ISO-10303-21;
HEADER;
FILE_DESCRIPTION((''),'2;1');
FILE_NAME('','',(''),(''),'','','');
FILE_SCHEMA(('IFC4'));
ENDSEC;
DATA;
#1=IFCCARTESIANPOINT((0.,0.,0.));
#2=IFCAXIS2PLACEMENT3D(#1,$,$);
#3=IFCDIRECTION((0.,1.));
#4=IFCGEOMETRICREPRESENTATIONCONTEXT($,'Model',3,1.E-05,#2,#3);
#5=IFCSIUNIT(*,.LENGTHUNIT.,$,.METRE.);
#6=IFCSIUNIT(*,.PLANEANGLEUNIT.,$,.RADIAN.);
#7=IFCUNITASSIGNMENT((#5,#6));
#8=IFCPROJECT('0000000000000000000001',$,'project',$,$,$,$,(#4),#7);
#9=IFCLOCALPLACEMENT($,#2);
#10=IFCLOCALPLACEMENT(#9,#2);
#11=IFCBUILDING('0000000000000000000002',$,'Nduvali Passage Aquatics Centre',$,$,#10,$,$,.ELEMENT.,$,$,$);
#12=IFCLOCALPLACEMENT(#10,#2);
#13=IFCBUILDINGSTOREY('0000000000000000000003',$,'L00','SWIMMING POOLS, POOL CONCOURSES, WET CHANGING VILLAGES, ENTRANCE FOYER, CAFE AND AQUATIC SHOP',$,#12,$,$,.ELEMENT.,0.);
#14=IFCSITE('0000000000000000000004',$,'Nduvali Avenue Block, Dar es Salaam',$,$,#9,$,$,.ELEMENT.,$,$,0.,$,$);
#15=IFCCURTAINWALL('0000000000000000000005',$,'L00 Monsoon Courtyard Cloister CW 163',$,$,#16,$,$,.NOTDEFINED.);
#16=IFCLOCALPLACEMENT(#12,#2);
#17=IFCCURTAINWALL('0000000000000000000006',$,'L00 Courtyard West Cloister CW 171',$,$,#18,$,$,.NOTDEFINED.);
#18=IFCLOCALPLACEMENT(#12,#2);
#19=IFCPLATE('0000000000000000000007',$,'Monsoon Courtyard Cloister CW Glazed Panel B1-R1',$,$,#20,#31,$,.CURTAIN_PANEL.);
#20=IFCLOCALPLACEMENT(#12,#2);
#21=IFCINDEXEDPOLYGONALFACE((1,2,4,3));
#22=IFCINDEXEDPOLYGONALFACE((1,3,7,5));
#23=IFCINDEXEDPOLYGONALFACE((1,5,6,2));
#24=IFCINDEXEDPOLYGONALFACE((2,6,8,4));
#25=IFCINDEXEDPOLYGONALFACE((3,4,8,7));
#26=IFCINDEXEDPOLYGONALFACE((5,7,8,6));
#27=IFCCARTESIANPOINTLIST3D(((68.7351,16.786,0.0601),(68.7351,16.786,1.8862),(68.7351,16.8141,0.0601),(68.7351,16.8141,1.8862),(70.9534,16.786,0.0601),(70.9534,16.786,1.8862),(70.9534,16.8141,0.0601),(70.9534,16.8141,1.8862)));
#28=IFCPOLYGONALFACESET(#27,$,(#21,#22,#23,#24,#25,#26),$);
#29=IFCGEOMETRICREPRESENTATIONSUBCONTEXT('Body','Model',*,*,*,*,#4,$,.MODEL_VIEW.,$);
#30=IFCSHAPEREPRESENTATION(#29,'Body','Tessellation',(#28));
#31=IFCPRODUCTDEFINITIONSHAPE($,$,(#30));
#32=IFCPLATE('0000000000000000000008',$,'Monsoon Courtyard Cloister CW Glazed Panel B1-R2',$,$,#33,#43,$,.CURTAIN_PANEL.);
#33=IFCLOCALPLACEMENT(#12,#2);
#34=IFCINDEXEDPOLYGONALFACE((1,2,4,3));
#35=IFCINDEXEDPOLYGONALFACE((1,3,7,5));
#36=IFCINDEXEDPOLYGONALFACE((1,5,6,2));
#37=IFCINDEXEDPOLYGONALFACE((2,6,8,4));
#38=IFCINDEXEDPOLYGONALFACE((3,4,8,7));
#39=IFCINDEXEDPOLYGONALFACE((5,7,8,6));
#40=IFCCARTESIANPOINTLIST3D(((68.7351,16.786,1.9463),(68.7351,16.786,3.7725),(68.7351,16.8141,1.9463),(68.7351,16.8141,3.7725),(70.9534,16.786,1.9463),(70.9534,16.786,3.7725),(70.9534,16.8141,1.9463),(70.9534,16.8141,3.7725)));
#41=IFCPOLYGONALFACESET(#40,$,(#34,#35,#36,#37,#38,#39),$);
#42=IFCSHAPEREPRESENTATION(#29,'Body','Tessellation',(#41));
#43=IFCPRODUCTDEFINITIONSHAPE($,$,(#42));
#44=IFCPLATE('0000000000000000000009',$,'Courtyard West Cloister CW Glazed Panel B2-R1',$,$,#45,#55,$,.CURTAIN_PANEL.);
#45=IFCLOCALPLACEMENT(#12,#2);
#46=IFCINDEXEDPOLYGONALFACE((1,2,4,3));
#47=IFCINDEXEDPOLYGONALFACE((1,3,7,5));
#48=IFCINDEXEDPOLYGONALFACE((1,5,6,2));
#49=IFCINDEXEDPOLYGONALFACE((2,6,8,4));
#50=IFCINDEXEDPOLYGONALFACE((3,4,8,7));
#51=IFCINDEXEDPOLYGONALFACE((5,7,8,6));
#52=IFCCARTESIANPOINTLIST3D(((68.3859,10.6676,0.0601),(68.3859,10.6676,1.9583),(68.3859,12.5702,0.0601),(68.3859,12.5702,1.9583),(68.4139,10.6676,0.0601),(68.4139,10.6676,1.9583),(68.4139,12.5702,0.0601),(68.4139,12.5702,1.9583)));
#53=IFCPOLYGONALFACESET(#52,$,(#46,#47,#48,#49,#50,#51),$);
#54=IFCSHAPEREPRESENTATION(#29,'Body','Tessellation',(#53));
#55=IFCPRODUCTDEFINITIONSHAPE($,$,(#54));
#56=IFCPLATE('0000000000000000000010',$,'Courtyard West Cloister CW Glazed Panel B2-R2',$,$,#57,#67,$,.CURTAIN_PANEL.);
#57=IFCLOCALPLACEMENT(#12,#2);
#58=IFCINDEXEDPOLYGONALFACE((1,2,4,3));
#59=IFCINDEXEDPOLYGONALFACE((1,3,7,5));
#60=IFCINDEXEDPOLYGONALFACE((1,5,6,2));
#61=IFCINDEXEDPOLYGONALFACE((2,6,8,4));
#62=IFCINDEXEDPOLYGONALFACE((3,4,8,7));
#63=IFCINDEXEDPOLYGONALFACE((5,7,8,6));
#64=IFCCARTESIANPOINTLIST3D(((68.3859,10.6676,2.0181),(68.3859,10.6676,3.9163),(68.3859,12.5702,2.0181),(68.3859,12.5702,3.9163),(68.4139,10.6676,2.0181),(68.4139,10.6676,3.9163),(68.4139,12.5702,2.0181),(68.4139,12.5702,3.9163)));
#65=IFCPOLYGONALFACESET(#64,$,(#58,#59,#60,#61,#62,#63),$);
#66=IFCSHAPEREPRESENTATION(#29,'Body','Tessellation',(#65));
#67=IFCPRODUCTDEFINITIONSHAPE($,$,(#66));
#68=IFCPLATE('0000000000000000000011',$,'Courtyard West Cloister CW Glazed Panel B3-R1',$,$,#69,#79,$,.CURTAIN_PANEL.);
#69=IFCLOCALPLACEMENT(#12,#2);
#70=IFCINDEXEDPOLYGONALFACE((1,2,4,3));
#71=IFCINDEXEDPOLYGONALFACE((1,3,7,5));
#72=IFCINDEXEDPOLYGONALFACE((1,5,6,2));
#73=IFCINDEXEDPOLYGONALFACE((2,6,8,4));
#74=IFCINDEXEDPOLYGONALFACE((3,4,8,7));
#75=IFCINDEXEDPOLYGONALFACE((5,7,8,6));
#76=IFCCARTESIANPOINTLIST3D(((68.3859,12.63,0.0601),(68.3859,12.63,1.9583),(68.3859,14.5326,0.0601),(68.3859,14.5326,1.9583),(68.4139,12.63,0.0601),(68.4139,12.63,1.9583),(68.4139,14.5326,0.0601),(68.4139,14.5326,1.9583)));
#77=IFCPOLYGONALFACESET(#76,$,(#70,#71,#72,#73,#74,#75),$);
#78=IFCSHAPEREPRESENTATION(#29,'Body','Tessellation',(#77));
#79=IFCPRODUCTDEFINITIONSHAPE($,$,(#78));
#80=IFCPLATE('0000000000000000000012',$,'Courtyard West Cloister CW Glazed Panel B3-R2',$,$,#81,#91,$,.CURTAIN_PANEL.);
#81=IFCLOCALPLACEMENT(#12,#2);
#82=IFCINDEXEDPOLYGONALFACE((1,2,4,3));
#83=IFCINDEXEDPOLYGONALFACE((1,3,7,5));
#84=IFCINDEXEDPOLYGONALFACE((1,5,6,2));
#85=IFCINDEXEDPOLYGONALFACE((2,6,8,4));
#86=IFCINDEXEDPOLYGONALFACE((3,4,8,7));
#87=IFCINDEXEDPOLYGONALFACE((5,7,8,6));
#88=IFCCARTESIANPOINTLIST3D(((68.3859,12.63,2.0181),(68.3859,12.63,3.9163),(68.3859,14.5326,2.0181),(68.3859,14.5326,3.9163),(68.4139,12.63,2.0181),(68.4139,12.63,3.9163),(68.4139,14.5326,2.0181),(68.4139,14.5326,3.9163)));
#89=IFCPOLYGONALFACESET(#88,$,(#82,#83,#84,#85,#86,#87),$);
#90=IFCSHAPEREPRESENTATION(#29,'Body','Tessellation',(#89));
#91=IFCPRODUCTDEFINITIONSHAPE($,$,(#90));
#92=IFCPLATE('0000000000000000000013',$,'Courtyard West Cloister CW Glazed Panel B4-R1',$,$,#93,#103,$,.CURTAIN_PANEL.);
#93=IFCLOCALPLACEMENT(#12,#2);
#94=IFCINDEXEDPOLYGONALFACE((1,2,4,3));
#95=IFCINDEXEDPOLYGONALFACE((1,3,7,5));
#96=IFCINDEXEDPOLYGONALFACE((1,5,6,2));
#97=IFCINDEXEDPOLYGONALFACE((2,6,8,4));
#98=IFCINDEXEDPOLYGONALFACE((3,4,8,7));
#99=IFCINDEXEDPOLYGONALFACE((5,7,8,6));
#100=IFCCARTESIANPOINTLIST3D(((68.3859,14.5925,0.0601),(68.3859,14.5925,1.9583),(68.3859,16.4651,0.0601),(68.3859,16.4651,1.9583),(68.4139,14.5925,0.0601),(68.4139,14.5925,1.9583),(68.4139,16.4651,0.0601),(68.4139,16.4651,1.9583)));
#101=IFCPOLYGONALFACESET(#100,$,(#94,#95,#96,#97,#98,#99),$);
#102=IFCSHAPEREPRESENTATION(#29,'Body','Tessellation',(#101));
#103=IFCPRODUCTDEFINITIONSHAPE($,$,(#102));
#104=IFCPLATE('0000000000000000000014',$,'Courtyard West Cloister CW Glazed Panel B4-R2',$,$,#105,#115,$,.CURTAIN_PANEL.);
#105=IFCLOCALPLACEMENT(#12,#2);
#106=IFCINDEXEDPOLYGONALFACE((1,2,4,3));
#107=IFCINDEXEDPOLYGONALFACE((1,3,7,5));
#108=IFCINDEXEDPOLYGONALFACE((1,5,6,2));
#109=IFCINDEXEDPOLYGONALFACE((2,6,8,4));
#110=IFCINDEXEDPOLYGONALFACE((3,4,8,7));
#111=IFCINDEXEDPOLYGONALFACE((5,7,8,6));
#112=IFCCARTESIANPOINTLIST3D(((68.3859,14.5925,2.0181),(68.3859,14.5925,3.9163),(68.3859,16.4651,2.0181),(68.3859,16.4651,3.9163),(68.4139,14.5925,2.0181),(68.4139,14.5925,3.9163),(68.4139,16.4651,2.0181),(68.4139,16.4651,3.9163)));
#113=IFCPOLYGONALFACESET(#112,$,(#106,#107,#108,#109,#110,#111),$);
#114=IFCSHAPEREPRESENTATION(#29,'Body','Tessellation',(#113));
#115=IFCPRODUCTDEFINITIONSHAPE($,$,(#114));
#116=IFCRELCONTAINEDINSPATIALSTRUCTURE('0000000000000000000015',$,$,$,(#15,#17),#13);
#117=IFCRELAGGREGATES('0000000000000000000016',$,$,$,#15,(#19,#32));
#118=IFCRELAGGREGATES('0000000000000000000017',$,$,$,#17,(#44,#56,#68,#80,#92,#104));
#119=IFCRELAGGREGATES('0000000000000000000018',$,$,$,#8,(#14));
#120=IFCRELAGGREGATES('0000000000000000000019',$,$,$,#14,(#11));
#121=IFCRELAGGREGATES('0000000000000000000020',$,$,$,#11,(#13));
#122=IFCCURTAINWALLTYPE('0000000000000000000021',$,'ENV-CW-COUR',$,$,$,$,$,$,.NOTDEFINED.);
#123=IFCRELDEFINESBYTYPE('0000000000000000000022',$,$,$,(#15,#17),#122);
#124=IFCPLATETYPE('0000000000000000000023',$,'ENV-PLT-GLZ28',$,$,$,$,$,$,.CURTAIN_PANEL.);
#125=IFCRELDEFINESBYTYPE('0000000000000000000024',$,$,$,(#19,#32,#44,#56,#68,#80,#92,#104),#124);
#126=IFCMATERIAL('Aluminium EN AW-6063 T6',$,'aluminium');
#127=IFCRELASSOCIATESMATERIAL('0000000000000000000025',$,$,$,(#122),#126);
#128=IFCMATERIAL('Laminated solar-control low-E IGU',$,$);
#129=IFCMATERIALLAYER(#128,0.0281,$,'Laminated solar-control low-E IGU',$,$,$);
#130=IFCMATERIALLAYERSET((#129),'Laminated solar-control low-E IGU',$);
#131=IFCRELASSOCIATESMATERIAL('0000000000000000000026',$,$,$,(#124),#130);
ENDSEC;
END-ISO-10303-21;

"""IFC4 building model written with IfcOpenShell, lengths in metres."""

from ifc_helpers import new_model, si_unit, direction, frame, origin, origin_2d, place, context, subcontext, project, spatial, rectangle, extrude, material, layer, layer_set, type_object, element, aggregate, save


model = new_model("IFC4")

# Units and contexts
model_context = context("Model", 3, precision=1e-05, world=origin(), true_north=direction((0.0, 1.0)))
body_context = subcontext(model_context, "Body", "Model", "MODEL_VIEW")
ifc_project = project(units=[si_unit("LENGTHUNIT", "METRE"), si_unit("PLANEANGLEUNIT", "RADIAN")], contexts=[model_context])

# Site, building, storey
site_placement = place(None, origin())
site = spatial("IfcSite", under=ifc_project, at=site_placement, Name="Nduvali Avenue Block, Dar es Salaam", CompositionType="ELEMENT", RefElevation=0.0)
building_placement = place(site_placement, origin())
building = spatial("IfcBuilding", under=site, at=building_placement, Name="Nduvali Passage Aquatics Centre", CompositionType="ELEMENT")
storey_placement = place(building_placement, origin())
storey = spatial("IfcBuildingStorey", under=building, at=storey_placement, Name="L00", Description="SWIMMING POOLS, POOL CONCOURSES, WET CHANGING VILLAGES, ENTRANCE FOYER, CAFE AND AQUATIC SHOP", CompositionType="ELEMENT", Elevation=0.0)

# Curtain walls
ifc_material_1 = material(Name="Aluminium EN AW-6063 T6", Category="aluminium")
curtain_wall_type = type_object("IfcCurtainWallType", Name="ENV-CW-COUR", PredefinedType="NOTDEFINED", material=ifc_material_1)
curtain_wall_1_placement = place(storey_placement, origin())
curtain_wall_1 = element("IfcCurtainWall", 1, at=curtain_wall_1_placement, inside=storey, type_object=curtain_wall_type, Name="L00 Monsoon Courtyard Cloister CW 163", PredefinedType="NOTDEFINED")
curtain_wall_2_placement = place(storey_placement, origin())
curtain_wall_2 = element("IfcCurtainWall", 2, at=curtain_wall_2_placement, inside=storey, type_object=curtain_wall_type, Name="L00 Courtyard West Cloister CW 171", PredefinedType="NOTDEFINED")

# Plates
ifc_material_2 = material(Name="Laminated solar-control low-E IGU")
ifc_layer = layer(ifc_material_2, 0.0281, Name="Laminated solar-control low-E IGU")
ifc_layer_set = layer_set([ifc_layer], Name="Laminated solar-control low-E IGU")
plate_type = type_object("IfcPlateType", Name="ENV-PLT-GLZ28", PredefinedType="CURTAIN_PANEL", material=ifc_layer_set)
plate_1_placement = place(storey_placement, frame((69.8442, 16.8, 0.0601), z_axis=(0.0, 0.0, 1.0), x_axis=(1.0, 0.0, 0.0)))
plate_1 = element("IfcPlate", 3, at=plate_1_placement, type_object=plate_type, Name="Monsoon Courtyard Cloister CW Glazed Panel B1-R1", PredefinedType="CURTAIN_PANEL", context=body_context, shape_type="SweptSolid", body=[
    extrude(rectangle(XDim=2.2183, YDim=0.0281, at=origin_2d()), origin(), (0.0, 0.0, 1.0), 1.8262),
])
plate_2_placement = place(storey_placement, frame((69.8442, 16.8, 1.9463), z_axis=(0.0, 0.0, 1.0), x_axis=(1.0, 0.0, 0.0)))
plate_2 = element("IfcPlate", 4, at=plate_2_placement, type_object=plate_type, Name="Monsoon Courtyard Cloister CW Glazed Panel B1-R2", PredefinedType="CURTAIN_PANEL", context=body_context, shape_type="SweptSolid", body=[
    extrude(rectangle(XDim=2.2183, YDim=0.0281, at=origin_2d()), origin(), (0.0, 0.0, 1.0), 1.8262),
])
aggregate(curtain_wall_1, [plate_1, plate_2])
plate_3_placement = place(storey_placement, frame((68.3999, 11.6189, 0.0601), z_axis=(0.0, 0.0, 1.0), x_axis=(0.0, 1.0, 0.0)))
plate_3 = element("IfcPlate", 5, at=plate_3_placement, type_object=plate_type, Name="Courtyard West Cloister CW Glazed Panel B2-R1", PredefinedType="CURTAIN_PANEL", context=body_context, shape_type="SweptSolid", body=[
    extrude(rectangle(XDim=1.9026, YDim=0.0281, at=origin_2d()), origin(), (0.0, 0.0, 1.0), 1.8982),
])
plate_4_placement = place(storey_placement, frame((68.3999, 11.6189, 2.0181), z_axis=(0.0, 0.0, 1.0), x_axis=(0.0, 1.0, 0.0)))
plate_4 = element("IfcPlate", 6, at=plate_4_placement, type_object=plate_type, Name="Courtyard West Cloister CW Glazed Panel B2-R2", PredefinedType="CURTAIN_PANEL", context=body_context, shape_type="SweptSolid", body=[
    extrude(rectangle(XDim=1.9026, YDim=0.0281, at=origin_2d()), origin(), (0.0, 0.0, 1.0), 1.8982),
])
plate_5_placement = place(storey_placement, frame((68.3999, 13.5813, 0.0601), z_axis=(0.0, 0.0, 1.0), x_axis=(0.0, 1.0, 0.0)))
plate_5 = element("IfcPlate", 7, at=plate_5_placement, type_object=plate_type, Name="Courtyard West Cloister CW Glazed Panel B3-R1", PredefinedType="CURTAIN_PANEL", context=body_context, shape_type="SweptSolid", body=[
    extrude(rectangle(XDim=1.9026, YDim=0.0281, at=origin_2d()), origin(), (0.0, 0.0, 1.0), 1.8982),
])
plate_6_placement = place(storey_placement, frame((68.3999, 13.5813, 2.0181), z_axis=(0.0, 0.0, 1.0), x_axis=(0.0, 1.0, 0.0)))
plate_6 = element("IfcPlate", 8, at=plate_6_placement, type_object=plate_type, Name="Courtyard West Cloister CW Glazed Panel B3-R2", PredefinedType="CURTAIN_PANEL", context=body_context, shape_type="SweptSolid", body=[
    extrude(rectangle(XDim=1.9026, YDim=0.0281, at=origin_2d()), origin(), (0.0, 0.0, 1.0), 1.8982),
])
plate_7_placement = place(storey_placement, frame((68.3999, 15.5288, 0.0601), z_axis=(0.0, 0.0, 1.0), x_axis=(0.0, 1.0, 0.0)))
plate_7 = element("IfcPlate", 9, at=plate_7_placement, type_object=plate_type, Name="Courtyard West Cloister CW Glazed Panel B4-R1", PredefinedType="CURTAIN_PANEL", context=body_context, shape_type="SweptSolid", body=[
    extrude(rectangle(XDim=1.8726, YDim=0.0281, at=origin_2d()), origin(), (0.0, 0.0, 1.0), 1.8982),
])
plate_8_placement = place(storey_placement, frame((68.3999, 15.5288, 2.0181), z_axis=(0.0, 0.0, 1.0), x_axis=(0.0, 1.0, 0.0)))
plate_8 = element("IfcPlate", 10, at=plate_8_placement, type_object=plate_type, Name="Courtyard West Cloister CW Glazed Panel B4-R2", PredefinedType="CURTAIN_PANEL", context=body_context, shape_type="SweptSolid", body=[
    extrude(rectangle(XDim=1.8726, YDim=0.0281, at=origin_2d()), origin(), (0.0, 0.0, 1.0), 1.8982),
])
aggregate(curtain_wall_2, [plate_3, plate_4, plate_5, plate_6, plate_7, plate_8])

save(model, "model.ifc")
